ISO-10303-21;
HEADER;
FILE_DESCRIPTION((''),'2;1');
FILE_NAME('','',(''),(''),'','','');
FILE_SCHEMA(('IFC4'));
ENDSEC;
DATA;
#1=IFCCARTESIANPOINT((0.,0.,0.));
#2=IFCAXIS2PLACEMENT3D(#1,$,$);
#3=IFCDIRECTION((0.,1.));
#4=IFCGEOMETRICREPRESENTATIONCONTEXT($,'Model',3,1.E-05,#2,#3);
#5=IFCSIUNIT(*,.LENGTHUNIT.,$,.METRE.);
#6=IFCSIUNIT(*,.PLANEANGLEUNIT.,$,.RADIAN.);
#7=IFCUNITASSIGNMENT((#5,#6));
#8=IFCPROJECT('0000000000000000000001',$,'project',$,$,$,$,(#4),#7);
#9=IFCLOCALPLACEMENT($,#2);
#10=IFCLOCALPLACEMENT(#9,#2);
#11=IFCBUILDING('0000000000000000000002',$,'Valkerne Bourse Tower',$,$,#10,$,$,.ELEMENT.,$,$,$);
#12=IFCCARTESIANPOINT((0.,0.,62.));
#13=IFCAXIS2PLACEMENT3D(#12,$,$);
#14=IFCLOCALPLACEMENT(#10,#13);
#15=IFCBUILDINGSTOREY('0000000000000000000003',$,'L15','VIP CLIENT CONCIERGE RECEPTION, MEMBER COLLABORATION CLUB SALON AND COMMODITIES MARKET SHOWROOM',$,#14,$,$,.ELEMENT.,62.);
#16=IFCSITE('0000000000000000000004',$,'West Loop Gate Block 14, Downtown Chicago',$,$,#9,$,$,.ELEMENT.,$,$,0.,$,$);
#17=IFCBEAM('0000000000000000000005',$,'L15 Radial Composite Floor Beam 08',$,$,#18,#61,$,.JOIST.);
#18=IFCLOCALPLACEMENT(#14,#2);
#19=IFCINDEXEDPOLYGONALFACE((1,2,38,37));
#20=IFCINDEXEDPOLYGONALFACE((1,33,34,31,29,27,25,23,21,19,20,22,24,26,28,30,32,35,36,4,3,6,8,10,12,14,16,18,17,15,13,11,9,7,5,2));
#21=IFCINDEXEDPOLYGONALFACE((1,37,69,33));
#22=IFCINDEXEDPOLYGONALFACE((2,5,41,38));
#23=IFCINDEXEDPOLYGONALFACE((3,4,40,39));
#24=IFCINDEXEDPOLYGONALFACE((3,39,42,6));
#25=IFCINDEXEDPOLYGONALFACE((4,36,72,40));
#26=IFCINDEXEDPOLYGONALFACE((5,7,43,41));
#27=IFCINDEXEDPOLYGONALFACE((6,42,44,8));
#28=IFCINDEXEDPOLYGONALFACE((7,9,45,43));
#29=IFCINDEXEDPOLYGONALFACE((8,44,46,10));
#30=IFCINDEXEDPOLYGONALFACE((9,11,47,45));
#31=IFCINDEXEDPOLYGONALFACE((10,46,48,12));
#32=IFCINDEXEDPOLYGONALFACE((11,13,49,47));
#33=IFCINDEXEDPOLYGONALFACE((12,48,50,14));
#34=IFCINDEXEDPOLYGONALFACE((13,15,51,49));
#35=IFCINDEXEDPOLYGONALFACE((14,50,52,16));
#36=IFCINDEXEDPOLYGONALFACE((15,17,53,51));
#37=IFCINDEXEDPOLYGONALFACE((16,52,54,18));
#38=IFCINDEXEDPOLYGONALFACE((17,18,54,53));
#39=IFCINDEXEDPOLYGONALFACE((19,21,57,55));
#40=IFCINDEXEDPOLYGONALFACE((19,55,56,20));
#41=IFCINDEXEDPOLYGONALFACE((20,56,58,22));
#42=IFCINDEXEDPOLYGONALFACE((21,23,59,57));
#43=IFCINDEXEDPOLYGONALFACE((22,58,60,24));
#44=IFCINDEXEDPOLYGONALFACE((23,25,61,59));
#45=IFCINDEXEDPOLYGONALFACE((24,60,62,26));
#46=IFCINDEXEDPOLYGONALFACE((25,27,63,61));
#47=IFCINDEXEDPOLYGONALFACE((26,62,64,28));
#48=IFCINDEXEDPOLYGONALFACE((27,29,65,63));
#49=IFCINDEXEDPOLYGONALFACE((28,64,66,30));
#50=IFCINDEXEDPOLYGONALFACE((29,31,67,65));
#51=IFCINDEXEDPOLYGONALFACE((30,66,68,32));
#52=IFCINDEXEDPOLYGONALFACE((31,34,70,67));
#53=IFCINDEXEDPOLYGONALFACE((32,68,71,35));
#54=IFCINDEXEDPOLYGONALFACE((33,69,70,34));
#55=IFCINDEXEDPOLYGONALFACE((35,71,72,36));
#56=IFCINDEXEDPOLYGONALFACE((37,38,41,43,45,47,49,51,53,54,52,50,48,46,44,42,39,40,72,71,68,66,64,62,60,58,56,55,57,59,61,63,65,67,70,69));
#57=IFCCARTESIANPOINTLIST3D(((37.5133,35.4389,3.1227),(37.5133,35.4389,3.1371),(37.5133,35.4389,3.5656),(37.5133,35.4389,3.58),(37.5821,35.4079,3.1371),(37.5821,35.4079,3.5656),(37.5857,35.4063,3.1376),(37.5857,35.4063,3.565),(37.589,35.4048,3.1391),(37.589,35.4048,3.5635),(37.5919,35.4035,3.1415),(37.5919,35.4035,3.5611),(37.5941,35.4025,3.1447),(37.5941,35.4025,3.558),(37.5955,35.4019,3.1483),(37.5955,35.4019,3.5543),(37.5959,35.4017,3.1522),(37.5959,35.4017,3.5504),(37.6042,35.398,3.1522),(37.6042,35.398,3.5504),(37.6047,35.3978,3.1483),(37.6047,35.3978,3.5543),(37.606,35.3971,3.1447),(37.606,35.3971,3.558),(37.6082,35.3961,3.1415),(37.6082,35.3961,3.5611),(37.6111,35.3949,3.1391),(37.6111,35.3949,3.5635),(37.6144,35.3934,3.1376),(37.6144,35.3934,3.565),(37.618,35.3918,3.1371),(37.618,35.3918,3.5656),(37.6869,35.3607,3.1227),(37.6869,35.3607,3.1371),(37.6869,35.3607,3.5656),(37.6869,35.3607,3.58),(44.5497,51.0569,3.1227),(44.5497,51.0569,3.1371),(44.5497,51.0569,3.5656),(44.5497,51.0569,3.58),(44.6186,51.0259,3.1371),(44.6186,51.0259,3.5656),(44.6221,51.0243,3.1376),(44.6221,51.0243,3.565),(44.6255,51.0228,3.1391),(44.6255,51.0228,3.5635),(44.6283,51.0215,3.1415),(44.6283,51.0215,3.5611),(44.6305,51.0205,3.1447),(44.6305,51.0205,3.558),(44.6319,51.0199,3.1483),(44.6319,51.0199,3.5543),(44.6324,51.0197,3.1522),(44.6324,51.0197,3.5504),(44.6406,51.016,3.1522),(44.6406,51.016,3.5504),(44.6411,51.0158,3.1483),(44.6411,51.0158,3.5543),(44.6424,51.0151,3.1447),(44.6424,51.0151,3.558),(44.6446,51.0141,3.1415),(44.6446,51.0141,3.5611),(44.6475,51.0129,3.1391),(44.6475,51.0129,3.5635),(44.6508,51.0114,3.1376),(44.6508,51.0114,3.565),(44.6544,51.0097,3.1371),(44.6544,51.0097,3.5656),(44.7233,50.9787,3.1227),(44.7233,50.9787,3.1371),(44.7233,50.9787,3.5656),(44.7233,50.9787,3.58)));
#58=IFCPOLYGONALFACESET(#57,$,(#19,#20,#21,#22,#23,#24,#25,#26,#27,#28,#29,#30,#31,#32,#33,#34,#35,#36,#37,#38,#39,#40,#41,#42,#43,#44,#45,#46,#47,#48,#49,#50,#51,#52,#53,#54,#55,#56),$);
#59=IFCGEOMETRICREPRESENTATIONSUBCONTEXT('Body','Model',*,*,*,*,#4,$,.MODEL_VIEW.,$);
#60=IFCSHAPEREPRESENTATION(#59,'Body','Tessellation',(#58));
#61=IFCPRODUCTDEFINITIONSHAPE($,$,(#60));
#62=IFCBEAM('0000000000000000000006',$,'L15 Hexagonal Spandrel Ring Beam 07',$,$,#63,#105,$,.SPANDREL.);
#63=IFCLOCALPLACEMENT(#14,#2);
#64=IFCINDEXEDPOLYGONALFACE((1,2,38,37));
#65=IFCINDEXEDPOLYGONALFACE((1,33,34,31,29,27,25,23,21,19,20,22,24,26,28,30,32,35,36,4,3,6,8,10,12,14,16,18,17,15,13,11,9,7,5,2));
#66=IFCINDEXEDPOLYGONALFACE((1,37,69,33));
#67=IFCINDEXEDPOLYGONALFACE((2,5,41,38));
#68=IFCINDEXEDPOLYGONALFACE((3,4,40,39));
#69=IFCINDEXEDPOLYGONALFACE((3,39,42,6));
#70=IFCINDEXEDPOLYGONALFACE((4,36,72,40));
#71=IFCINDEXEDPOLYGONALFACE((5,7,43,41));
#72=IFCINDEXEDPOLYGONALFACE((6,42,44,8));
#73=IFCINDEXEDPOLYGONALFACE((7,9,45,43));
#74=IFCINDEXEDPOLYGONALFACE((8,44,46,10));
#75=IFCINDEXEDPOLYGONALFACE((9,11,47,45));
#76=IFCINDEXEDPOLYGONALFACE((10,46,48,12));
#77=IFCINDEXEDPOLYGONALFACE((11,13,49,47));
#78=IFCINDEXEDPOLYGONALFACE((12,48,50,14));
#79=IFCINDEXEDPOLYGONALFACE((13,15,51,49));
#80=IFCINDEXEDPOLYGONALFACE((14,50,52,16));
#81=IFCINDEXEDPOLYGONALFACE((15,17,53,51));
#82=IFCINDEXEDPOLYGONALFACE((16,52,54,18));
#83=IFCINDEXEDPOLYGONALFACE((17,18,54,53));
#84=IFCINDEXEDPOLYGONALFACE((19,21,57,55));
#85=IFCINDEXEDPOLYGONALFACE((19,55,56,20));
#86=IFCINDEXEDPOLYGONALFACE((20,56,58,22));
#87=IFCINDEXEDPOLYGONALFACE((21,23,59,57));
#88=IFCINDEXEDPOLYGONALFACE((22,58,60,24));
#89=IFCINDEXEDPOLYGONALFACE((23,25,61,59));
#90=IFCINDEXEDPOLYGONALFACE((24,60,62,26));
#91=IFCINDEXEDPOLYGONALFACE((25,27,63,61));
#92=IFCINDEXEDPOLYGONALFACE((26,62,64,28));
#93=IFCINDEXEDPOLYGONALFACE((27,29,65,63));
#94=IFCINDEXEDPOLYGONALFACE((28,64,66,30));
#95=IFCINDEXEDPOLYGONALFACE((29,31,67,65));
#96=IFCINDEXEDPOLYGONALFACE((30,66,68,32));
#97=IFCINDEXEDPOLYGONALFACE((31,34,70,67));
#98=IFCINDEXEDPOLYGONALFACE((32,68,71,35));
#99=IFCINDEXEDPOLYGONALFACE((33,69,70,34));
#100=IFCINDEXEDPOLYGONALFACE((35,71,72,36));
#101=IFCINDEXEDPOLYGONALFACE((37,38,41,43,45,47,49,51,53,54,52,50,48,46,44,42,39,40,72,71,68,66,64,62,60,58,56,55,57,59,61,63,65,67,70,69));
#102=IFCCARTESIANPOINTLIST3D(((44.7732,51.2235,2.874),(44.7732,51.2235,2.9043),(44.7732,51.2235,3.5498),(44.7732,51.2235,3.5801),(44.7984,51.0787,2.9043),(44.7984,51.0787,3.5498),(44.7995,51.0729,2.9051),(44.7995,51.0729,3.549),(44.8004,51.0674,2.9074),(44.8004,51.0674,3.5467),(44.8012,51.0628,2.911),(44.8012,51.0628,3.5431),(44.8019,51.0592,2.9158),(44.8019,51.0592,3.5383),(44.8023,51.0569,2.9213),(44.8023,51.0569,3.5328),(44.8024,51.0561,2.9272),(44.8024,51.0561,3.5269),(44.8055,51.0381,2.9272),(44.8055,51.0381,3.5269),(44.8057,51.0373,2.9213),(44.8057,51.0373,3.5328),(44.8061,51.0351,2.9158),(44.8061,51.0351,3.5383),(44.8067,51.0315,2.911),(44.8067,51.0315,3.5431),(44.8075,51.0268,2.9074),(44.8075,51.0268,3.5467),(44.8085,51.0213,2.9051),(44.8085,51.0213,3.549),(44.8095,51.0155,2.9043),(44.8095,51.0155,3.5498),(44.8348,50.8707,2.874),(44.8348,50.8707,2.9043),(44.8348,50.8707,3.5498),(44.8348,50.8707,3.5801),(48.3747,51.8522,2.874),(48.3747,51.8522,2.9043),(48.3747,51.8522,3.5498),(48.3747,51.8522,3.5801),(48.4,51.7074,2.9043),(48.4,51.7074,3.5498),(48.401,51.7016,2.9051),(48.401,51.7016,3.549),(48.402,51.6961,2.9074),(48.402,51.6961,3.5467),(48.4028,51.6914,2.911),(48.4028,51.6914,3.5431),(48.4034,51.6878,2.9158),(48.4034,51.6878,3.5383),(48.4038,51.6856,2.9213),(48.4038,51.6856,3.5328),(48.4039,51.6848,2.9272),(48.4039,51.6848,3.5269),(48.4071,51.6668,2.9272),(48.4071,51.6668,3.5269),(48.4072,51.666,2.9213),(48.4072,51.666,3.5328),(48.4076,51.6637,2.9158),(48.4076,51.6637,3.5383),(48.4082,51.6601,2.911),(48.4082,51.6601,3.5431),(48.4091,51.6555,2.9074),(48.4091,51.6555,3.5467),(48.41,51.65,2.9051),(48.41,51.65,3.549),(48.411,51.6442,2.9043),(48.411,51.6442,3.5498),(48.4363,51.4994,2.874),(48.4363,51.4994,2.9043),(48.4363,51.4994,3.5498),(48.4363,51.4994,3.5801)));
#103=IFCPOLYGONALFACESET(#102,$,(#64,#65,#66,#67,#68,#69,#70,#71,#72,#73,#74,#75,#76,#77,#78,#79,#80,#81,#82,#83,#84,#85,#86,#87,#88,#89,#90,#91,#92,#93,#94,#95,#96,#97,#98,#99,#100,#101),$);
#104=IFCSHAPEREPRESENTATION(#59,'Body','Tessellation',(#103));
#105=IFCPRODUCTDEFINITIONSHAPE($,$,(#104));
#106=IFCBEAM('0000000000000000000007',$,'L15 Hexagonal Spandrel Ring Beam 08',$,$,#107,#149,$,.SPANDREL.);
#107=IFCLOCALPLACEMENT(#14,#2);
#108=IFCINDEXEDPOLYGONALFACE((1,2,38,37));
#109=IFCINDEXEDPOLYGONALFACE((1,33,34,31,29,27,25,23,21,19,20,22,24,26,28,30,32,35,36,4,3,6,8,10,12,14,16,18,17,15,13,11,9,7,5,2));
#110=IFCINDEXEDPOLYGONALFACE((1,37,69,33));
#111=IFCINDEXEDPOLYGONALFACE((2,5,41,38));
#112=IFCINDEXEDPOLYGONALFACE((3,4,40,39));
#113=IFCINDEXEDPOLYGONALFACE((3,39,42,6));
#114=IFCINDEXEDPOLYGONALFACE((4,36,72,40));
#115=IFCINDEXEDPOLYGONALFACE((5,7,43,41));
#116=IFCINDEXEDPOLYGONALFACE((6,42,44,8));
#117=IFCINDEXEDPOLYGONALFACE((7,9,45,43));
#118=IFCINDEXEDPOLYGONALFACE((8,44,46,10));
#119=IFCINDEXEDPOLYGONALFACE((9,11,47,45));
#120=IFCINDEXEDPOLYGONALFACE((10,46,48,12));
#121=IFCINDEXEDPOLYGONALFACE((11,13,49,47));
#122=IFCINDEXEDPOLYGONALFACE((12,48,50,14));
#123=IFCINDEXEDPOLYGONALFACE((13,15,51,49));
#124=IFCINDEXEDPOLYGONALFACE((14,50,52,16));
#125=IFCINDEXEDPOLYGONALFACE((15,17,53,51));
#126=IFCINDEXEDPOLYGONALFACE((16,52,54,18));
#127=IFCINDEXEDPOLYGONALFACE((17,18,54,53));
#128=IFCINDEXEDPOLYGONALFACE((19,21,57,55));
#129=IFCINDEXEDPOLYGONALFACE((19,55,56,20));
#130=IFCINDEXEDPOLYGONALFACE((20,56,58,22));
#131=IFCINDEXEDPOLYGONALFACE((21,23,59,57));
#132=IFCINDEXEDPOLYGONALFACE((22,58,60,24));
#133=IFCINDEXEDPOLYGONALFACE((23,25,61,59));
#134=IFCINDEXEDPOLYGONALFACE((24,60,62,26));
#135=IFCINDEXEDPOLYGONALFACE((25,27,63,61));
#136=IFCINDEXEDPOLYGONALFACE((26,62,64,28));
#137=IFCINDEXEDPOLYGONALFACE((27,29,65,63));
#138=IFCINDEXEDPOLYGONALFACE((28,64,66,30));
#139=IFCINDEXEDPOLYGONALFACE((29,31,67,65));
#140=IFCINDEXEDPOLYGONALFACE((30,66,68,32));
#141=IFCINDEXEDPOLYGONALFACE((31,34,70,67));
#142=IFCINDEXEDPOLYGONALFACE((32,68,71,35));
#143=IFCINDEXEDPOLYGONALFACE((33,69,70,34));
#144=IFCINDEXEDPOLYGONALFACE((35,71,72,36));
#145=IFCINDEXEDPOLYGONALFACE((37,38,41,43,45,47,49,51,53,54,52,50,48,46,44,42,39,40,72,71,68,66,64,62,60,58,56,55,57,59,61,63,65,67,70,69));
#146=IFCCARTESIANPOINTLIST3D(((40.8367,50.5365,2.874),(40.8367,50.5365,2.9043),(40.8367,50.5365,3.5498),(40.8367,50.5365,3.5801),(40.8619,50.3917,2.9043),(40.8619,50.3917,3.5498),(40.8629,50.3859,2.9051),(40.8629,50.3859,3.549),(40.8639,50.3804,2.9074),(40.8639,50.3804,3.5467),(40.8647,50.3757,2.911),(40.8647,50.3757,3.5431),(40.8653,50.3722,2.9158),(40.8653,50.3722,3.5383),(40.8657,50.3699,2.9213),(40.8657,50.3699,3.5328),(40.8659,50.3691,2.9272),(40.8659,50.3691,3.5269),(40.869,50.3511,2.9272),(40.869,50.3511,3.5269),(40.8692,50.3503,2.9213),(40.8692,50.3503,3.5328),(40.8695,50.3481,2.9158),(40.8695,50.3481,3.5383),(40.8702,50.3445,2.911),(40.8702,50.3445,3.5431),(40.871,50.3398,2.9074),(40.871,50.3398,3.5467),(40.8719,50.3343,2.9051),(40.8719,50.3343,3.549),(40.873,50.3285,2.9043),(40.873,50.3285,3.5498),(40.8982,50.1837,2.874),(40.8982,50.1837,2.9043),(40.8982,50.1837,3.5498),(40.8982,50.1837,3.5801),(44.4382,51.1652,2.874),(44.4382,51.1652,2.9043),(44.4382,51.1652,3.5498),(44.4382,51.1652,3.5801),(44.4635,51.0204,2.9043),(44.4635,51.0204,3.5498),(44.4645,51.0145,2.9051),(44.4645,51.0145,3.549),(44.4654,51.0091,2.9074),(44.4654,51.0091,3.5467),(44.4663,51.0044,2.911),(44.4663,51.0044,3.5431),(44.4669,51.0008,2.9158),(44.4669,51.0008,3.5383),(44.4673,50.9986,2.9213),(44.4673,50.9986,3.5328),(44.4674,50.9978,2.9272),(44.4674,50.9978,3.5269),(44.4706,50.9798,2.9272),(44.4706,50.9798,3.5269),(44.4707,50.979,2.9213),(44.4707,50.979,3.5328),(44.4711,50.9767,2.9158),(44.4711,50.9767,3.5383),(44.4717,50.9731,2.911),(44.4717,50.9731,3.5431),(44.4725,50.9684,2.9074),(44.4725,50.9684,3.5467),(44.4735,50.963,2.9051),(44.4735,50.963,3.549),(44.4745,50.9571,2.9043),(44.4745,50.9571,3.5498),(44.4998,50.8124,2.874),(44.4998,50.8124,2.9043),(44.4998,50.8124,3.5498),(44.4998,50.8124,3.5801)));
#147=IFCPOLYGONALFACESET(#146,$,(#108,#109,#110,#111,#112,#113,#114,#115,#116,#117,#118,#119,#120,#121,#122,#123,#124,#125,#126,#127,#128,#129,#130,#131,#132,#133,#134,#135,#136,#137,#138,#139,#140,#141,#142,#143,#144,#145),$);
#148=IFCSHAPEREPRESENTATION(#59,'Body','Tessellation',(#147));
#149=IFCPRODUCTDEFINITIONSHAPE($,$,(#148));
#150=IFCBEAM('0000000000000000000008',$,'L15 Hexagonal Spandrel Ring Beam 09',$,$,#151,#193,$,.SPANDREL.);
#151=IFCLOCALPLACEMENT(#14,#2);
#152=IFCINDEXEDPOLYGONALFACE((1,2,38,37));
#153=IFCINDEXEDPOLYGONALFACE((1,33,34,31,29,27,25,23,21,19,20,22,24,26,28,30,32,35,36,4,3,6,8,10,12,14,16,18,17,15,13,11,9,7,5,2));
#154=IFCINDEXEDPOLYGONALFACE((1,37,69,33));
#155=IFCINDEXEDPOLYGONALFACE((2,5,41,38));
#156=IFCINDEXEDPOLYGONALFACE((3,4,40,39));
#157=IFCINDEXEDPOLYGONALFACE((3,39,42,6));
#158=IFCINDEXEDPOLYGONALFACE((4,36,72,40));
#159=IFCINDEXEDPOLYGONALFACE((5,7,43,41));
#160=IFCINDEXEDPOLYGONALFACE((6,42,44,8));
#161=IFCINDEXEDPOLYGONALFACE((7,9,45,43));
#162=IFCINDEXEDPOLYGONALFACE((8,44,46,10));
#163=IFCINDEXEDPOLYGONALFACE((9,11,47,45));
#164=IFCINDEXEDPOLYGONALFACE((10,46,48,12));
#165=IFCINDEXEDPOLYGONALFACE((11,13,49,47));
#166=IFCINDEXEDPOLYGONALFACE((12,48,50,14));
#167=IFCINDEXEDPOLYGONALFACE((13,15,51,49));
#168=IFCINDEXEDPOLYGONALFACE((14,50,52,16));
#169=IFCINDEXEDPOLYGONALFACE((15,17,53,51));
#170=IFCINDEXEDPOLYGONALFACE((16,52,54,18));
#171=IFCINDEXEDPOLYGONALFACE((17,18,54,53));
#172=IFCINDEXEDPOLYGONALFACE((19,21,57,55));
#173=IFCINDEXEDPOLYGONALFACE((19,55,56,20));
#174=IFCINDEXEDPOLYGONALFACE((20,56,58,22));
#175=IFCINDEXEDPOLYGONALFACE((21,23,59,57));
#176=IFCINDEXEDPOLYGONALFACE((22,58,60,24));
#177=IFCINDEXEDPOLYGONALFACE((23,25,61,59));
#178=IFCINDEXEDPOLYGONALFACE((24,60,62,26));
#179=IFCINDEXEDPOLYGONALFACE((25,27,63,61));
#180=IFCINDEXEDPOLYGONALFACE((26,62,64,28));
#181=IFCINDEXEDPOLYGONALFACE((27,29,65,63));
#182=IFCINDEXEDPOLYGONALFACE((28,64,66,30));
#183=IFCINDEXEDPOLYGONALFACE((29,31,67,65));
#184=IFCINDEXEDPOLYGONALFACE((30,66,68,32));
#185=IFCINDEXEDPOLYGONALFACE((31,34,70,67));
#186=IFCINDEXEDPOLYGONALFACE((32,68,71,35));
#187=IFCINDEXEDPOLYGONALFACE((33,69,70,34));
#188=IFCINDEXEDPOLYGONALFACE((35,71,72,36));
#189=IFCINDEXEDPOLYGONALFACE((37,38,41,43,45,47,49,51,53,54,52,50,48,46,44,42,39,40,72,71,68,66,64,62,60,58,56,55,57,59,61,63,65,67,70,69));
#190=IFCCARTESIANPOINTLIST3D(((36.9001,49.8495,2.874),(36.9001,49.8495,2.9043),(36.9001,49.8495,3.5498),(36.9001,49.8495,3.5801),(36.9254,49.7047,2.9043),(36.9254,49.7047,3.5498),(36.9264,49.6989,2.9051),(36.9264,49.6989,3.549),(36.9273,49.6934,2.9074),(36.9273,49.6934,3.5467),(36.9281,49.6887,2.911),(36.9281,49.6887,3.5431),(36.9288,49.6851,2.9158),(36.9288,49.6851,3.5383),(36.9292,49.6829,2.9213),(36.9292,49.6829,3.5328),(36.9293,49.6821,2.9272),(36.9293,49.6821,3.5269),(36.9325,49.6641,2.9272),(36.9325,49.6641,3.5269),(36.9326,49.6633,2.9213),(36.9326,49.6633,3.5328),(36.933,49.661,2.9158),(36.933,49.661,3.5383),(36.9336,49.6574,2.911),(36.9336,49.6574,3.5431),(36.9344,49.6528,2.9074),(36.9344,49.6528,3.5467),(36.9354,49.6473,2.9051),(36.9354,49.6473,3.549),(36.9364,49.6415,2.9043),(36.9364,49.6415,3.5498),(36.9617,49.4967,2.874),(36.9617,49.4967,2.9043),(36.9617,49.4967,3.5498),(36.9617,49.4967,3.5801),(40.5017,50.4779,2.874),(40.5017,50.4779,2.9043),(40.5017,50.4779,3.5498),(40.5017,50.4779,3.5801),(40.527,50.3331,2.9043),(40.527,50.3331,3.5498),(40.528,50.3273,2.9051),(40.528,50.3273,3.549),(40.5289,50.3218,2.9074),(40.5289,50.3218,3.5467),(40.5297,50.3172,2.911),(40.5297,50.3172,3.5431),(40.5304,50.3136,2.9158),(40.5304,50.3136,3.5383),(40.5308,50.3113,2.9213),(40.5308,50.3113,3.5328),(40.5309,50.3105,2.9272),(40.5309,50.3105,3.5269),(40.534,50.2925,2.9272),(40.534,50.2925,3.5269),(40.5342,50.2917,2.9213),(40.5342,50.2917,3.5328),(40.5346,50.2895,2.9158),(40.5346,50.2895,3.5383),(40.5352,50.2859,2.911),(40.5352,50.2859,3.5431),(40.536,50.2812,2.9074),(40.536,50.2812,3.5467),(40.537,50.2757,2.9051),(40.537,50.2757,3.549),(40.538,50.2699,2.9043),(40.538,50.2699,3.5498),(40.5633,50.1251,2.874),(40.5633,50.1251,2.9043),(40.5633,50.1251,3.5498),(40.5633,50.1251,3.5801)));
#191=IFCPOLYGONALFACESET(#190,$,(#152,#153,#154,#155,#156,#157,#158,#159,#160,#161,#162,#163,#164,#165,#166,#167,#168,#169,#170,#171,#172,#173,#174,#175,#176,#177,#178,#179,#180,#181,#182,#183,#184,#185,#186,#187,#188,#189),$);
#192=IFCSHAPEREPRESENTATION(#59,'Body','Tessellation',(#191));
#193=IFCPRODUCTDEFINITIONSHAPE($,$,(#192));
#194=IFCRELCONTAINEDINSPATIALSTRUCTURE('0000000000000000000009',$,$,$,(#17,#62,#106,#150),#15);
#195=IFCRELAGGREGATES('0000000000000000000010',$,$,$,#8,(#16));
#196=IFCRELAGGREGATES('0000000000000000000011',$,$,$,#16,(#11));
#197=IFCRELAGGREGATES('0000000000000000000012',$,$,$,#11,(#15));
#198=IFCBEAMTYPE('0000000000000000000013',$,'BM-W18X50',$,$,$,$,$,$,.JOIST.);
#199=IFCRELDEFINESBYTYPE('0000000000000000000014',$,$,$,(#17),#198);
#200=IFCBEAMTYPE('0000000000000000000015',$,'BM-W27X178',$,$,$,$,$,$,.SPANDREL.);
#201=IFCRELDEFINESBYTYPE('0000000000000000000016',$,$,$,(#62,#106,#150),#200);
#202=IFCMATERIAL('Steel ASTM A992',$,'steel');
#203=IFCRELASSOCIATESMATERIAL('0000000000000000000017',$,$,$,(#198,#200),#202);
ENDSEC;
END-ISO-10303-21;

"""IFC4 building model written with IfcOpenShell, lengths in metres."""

from ifc_helpers import new_model, si_unit, direction, frame, origin, origin_2d, place, context, subcontext, project, spatial, i_section, extrude, material, material_profile, profile_set, type_object, element, save


model = new_model("IFC4")

# Units and contexts
model_context = context("Model", 3, precision=1e-05, world=origin(), true_north=direction((0.0, 1.0)))
body_context = subcontext(model_context, "Body", "Model", "MODEL_VIEW")
ifc_project = project(units=[si_unit("LENGTHUNIT", "METRE"), si_unit("PLANEANGLEUNIT", "RADIAN")], contexts=[model_context])

# Site, building, storey
site_placement = place(None, origin())
site = spatial("IfcSite", under=ifc_project, at=site_placement, Name="West Loop Gate Block 14, Downtown Chicago", CompositionType="ELEMENT", RefElevation=0.0)
building_placement = place(site_placement, origin())
building = spatial("IfcBuilding", under=site, at=building_placement, Name="Valkerne Bourse Tower", CompositionType="ELEMENT")
storey_placement = place(building_placement, frame((0.0, 0.0, 62.0)))
storey = spatial("IfcBuildingStorey", under=building, at=storey_placement, Name="L15", Description="VIP CLIENT CONCIERGE RECEPTION, MEMBER COLLABORATION CLUB SALON AND COMMODITIES MARKET SHOWROOM", CompositionType="ELEMENT", Elevation=62.0)

# Beams
ifc_material_1 = material(Name="Steel ASTM A992", Category="steel")
ifc_material_profile_1 = material_profile(ifc_material_1, i_section(OverallWidth=0.1904, OverallDepth=0.4573, WebThickness=0.009, FlangeThickness=0.0144, FilletRadius=0.0151, at=origin_2d()), Name="W18X50")
ifc_profile_set_1 = profile_set([ifc_material_profile_1], Name="Steel ASTM A992")
beam_type_1 = type_object("IfcBeamType", Name="BM-W18X50", PredefinedType="JOIST", material=ifc_profile_set_1)
beam_1_placement = place(storey_placement, frame((44.6365, 51.0178, 3.3513), z_axis=(-0.410768, -0.91174, 0.0), x_axis=(0.91174, -0.410768, 0.0)))
element("IfcBeam", 1, at=beam_1_placement, inside=storey, type_object=beam_type_1, Name="L15 Radial Composite Floor Beam 08", PredefinedType="JOIST", context=body_context, shape_type="SweptSolid", body=[
    extrude(i_section(OverallWidth=0.1904, OverallDepth=0.4573, WebThickness=0.009, FlangeThickness=0.0144, FilletRadius=0.0151, at=origin_2d()), origin(), (0.0, 0.0, 1.0), 17.1299),
])
ifc_material_profile_2 = material_profile(ifc_material_1, i_section(OverallWidth=0.3582, OverallDepth=0.7061, WebThickness=0.0183, FlangeThickness=0.0303, FilletRadius=0.0229, at=origin_2d()), Name="W27X178")
ifc_profile_set_2 = profile_set([ifc_material_profile_2], Name="Steel ASTM A992")
beam_type_2 = type_object("IfcBeamType", Name="BM-W27X178", PredefinedType="SPANDREL", material=ifc_profile_set_2)
for number, where, z_axis, x_axis, name in (
    (2, (48.4055, 51.6758, 3.2271), (-0.985105, -0.171953, 0.0), (0.171953, -0.985105, 0.0), "L15 Hexagonal Spandrel Ring Beam 07"),
    (3, (44.469, 50.9888, 3.2271), (-0.985105, -0.171953, 0.0), (0.171953, -0.985105, 0.0), "L15 Hexagonal Spandrel Ring Beam 08"),
    (4, (40.5325, 50.3015, 3.2271), (-0.985117, -0.171888, 0.0), (0.171888, -0.985117, 0.0), "L15 Hexagonal Spandrel Ring Beam 09"),
):
    element("IfcBeam", number, at=place(storey_placement, frame(where, z_axis=z_axis, x_axis=x_axis)), inside=storey, type_object=beam_type_2, Name=name, PredefinedType="SPANDREL", context=body_context, shape_type="SweptSolid", body=[
        extrude(i_section(OverallWidth=0.3582, OverallDepth=0.7061, WebThickness=0.0183, FlangeThickness=0.0303, FilletRadius=0.0229, at=origin_2d()), origin(), (0.0, 0.0, 1.0), 3.656),
    ])

save(model, "model.ifc")
